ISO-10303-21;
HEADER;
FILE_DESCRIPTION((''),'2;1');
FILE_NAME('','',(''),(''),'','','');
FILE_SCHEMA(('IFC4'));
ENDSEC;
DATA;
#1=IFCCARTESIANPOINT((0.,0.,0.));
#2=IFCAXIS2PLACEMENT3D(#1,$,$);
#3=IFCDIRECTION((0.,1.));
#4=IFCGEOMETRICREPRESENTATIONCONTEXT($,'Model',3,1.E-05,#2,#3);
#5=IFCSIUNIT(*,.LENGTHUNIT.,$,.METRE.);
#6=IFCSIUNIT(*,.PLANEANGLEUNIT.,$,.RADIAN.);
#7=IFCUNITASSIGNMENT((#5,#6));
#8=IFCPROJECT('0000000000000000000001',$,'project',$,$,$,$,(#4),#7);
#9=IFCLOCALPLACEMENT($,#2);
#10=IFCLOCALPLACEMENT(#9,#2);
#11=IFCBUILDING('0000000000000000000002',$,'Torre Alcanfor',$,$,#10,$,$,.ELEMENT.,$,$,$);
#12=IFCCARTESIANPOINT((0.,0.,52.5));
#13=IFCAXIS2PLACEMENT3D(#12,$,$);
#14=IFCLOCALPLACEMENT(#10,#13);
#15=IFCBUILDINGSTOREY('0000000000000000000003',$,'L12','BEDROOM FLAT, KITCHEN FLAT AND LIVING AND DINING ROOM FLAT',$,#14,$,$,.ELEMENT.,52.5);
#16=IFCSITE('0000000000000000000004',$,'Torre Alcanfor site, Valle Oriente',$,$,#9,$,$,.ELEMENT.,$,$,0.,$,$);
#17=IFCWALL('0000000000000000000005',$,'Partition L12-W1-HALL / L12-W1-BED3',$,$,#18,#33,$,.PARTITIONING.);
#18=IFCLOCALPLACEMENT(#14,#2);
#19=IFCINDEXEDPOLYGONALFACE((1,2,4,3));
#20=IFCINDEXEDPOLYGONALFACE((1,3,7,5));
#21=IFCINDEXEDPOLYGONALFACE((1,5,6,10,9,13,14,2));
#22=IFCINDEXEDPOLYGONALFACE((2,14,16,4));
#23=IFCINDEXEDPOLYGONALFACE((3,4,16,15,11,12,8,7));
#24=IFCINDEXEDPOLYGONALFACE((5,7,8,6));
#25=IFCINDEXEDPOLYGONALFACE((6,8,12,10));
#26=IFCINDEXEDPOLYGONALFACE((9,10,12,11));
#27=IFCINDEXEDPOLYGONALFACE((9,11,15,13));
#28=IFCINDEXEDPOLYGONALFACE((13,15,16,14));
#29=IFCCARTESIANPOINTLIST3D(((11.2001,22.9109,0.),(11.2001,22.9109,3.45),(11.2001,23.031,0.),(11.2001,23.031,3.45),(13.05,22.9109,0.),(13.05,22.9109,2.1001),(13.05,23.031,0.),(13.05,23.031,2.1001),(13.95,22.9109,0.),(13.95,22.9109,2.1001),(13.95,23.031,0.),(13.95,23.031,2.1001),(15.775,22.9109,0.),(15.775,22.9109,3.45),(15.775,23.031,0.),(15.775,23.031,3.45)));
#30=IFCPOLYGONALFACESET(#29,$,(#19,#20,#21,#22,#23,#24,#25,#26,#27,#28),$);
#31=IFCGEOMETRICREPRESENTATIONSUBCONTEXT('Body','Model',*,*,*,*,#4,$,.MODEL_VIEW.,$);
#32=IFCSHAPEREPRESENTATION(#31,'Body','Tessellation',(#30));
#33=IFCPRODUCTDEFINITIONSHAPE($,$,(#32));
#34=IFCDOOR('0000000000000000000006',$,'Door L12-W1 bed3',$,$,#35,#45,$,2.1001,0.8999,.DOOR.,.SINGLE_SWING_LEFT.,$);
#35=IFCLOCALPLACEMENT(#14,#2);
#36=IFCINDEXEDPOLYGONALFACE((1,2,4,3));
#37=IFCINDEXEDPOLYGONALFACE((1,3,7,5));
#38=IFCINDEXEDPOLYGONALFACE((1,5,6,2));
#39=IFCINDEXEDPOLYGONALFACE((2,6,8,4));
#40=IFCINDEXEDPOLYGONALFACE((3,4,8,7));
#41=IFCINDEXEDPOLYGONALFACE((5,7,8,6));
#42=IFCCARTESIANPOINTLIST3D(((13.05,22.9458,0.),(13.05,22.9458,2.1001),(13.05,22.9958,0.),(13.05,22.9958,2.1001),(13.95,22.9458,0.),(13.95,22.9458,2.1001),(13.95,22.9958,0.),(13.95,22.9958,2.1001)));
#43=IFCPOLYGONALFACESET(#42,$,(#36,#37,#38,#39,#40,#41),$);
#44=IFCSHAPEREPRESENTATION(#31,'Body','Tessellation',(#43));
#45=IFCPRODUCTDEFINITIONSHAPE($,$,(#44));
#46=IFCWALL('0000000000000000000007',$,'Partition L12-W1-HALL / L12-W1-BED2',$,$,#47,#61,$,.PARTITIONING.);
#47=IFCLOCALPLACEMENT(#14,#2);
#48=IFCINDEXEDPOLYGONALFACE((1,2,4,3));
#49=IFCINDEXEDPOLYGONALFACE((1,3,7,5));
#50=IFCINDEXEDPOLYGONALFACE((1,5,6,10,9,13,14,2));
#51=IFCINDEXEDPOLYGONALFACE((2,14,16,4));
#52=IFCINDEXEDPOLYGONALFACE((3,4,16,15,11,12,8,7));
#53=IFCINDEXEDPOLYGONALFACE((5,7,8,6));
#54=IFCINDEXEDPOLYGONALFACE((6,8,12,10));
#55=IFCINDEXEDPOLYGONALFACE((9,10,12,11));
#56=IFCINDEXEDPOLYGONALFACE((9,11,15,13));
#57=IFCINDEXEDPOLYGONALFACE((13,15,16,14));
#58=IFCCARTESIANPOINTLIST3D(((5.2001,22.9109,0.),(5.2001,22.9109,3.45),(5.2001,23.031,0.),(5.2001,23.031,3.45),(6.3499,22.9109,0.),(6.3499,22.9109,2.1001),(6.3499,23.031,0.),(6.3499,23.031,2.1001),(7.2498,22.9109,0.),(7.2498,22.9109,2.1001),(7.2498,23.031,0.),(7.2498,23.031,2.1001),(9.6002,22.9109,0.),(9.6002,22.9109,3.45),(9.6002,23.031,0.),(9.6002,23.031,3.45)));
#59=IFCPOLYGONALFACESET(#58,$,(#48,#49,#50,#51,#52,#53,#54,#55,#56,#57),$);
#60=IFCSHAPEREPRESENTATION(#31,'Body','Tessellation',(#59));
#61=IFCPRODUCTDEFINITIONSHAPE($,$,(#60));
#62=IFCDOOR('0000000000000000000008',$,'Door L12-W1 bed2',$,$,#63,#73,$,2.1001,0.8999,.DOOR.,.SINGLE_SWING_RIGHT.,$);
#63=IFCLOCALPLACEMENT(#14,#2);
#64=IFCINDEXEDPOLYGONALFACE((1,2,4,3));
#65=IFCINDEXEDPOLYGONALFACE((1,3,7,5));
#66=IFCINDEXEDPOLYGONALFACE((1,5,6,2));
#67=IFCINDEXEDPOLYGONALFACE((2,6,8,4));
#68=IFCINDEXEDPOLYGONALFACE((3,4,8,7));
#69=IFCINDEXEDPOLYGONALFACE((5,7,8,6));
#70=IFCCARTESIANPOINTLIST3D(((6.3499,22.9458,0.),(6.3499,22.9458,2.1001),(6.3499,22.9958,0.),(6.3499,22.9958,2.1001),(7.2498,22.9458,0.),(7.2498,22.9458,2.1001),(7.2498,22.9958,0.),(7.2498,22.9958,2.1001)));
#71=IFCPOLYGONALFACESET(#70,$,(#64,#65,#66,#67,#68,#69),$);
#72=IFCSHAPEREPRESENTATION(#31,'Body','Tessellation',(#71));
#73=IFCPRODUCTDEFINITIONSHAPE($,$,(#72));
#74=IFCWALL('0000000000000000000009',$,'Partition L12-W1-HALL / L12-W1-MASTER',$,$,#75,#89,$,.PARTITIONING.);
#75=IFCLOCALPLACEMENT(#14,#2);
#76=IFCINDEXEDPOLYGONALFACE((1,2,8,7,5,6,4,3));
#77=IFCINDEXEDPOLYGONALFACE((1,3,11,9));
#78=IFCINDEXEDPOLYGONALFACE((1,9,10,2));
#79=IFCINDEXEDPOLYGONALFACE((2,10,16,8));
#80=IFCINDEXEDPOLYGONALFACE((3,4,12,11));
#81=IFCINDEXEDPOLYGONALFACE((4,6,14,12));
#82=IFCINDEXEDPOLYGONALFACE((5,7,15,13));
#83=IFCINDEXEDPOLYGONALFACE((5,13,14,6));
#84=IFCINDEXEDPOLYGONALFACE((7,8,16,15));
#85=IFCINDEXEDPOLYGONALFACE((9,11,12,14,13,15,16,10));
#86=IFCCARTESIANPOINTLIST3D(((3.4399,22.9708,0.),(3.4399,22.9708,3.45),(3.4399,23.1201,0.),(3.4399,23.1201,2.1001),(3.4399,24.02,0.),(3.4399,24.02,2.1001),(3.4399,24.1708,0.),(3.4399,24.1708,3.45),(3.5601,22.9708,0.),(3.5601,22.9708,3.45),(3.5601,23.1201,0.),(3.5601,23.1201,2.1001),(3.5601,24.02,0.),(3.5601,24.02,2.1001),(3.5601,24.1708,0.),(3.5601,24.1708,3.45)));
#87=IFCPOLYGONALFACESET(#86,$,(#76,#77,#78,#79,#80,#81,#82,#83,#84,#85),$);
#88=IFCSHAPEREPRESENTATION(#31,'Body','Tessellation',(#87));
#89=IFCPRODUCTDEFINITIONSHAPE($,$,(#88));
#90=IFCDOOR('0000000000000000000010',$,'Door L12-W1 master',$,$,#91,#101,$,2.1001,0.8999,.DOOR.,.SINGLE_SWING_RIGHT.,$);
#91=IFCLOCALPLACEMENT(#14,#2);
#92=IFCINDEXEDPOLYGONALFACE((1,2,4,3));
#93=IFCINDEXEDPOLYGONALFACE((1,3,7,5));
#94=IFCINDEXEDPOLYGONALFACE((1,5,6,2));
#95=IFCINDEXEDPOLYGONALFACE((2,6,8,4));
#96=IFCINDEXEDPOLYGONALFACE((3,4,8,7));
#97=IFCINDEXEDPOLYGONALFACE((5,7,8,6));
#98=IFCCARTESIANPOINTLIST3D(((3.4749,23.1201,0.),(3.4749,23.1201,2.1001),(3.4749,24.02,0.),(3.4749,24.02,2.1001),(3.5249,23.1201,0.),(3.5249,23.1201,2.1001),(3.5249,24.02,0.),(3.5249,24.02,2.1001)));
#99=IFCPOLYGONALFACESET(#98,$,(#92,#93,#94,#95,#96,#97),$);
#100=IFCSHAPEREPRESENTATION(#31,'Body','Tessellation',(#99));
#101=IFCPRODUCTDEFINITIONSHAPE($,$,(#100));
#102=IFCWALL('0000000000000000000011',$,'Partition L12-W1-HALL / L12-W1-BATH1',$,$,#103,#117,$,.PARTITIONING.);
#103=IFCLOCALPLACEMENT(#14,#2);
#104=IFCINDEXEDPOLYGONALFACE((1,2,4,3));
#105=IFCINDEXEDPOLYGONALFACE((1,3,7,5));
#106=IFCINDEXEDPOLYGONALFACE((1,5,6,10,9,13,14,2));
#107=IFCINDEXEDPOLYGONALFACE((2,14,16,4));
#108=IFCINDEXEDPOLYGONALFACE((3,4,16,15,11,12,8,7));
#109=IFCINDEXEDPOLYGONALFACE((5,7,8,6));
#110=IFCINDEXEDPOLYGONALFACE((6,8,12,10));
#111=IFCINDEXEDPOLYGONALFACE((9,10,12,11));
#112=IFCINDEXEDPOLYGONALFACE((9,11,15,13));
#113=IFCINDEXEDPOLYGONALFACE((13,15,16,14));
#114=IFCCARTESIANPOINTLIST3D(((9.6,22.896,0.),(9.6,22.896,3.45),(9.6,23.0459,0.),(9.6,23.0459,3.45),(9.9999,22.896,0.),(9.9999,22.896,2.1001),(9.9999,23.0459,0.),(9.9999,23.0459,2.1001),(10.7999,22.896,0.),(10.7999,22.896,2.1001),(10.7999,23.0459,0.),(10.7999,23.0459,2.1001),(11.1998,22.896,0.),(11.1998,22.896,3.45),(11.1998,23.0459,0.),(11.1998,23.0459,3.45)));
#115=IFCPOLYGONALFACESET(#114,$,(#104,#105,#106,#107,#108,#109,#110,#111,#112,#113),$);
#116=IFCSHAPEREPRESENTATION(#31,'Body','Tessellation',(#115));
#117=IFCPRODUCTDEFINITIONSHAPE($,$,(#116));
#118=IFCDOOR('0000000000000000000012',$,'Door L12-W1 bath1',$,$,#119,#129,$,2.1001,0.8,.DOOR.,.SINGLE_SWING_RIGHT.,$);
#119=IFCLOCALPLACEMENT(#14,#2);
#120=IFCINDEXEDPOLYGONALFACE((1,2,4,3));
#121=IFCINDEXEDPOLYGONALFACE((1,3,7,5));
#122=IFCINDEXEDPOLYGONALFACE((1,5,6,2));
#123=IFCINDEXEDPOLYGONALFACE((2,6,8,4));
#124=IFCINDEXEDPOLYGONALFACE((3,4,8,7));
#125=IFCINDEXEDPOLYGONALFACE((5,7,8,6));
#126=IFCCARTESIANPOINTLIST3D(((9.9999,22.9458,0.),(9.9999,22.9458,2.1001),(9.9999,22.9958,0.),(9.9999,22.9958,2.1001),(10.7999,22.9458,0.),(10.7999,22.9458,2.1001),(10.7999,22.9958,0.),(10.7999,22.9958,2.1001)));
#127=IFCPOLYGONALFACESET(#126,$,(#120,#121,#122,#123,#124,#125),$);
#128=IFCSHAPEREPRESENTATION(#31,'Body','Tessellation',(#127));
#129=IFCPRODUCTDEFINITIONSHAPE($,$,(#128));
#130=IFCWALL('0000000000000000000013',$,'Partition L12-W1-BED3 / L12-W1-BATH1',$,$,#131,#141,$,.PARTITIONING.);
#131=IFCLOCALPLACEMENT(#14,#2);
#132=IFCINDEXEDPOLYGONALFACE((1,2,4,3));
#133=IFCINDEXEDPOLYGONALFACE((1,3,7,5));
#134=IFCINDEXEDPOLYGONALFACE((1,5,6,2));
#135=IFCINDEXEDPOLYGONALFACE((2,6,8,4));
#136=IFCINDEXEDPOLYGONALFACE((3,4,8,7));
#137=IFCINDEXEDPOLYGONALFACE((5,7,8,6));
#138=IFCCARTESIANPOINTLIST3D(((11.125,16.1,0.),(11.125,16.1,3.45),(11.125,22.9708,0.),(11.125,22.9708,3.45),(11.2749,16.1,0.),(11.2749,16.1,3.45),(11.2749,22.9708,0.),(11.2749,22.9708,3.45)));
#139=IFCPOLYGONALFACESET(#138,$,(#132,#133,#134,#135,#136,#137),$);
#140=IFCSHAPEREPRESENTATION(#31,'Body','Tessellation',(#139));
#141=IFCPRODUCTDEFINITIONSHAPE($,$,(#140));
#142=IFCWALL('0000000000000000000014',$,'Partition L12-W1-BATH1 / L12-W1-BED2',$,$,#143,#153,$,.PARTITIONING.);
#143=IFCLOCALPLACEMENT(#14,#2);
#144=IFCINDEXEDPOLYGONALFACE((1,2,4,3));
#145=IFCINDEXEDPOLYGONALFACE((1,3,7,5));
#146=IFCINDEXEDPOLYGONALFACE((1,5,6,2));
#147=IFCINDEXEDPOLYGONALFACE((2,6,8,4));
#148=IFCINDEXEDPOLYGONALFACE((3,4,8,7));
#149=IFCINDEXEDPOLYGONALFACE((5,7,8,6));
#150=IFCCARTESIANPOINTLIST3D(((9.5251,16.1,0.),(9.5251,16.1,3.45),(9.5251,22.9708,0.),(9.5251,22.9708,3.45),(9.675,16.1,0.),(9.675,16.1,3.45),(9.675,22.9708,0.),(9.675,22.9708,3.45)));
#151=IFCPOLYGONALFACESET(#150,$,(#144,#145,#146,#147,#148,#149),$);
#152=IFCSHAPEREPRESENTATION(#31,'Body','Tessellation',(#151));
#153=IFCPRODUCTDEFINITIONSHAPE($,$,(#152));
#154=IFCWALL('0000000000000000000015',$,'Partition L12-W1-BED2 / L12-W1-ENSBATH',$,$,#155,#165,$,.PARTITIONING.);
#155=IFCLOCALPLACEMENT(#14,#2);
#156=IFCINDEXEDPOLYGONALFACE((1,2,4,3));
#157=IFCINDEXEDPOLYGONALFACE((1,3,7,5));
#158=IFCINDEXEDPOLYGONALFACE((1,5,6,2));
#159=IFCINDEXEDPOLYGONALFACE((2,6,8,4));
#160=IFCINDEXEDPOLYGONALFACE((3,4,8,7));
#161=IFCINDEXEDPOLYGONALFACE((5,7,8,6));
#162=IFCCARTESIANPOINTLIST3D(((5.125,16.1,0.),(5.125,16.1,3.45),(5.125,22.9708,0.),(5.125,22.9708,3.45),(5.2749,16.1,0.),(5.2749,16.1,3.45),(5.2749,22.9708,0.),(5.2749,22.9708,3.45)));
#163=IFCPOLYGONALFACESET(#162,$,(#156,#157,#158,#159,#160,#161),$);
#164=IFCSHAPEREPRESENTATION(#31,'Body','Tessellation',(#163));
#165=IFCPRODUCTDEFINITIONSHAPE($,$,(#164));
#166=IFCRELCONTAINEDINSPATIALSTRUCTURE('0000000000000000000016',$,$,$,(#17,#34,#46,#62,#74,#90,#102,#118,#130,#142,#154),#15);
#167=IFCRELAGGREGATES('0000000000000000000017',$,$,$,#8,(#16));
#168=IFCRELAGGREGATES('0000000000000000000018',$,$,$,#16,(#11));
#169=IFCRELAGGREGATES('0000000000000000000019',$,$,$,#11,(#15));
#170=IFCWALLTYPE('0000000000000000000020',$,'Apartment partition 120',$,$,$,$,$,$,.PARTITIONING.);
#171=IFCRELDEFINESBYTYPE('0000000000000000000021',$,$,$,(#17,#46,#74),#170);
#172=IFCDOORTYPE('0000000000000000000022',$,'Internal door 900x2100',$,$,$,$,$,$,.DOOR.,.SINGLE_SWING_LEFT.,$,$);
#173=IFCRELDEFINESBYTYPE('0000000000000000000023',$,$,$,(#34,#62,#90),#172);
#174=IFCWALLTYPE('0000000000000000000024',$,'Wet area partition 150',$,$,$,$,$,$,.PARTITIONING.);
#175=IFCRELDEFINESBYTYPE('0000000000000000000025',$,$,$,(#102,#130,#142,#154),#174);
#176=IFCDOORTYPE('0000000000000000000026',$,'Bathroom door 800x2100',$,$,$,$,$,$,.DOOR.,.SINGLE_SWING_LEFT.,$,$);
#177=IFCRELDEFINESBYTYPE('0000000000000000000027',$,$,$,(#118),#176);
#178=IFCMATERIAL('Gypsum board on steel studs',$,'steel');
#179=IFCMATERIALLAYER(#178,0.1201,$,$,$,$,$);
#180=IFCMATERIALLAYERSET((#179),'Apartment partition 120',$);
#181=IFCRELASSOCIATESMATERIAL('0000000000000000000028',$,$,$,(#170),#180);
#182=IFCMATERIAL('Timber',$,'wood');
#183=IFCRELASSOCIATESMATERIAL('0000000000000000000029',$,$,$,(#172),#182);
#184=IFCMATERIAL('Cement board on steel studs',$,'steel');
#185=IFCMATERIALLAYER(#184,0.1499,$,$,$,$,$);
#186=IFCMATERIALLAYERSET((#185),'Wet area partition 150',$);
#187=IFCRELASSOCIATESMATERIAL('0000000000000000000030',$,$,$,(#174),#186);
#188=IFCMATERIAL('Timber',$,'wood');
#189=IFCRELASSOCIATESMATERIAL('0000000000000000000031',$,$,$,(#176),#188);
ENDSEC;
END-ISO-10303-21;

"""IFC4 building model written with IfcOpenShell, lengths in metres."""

from ifc_helpers import new_model, si_unit, direction, frame, frame_2d, origin, place, context, subcontext, project, spatial, rectangle, extrude, material, layer, layer_set, type_object, element, fill, save


model = new_model("IFC4")

# Units and contexts
model_context = context("Model", 3, precision=1e-05, world=origin(), true_north=direction((0.0, 1.0)))
body_context = subcontext(model_context, "Body", "Model", "MODEL_VIEW")
ifc_project = project(units=[si_unit("LENGTHUNIT", "METRE"), si_unit("PLANEANGLEUNIT", "RADIAN")], contexts=[model_context])

# Site, building, storey
site_placement = place(None, origin())
site = spatial("IfcSite", under=ifc_project, at=site_placement, Name="Torre Alcanfor site, Valle Oriente", CompositionType="ELEMENT", RefElevation=0.0)
building_placement = place(site_placement, origin())
building = spatial("IfcBuilding", under=site, at=building_placement, Name="Torre Alcanfor", CompositionType="ELEMENT")
storey_placement = place(building_placement, frame((0.0, 0.0, 52.5)))
storey = spatial("IfcBuildingStorey", under=building, at=storey_placement, Name="L12", Description="BEDROOM FLAT, KITCHEN FLAT AND LIVING AND DINING ROOM FLAT", CompositionType="ELEMENT", Elevation=52.5)

# Shared definitions
ifc_material_1 = material(Name="Gypsum board on steel studs", Category="steel")
ifc_layer_1 = layer(ifc_material_1, 0.1201)
ifc_layer_set_1 = layer_set([ifc_layer_1], Name="Apartment partition 120")
wall_type_1 = type_object("IfcWallType", Name="Apartment partition 120", PredefinedType="PARTITIONING", material=ifc_layer_set_1)

# Walls, openings, doors
wall_1_placement = place(storey_placement, frame((11.2, 22.9709, 0.0), z_axis=(0.0, 0.0, 1.0), x_axis=(1.0, 0.0, 0.0)))
wall_1 = element("IfcWall", 1, at=wall_1_placement, inside=storey, type_object=wall_type_1, Name="Partition L12-W1-HALL / L12-W1-BED3", PredefinedType="PARTITIONING", context=body_context, shape_type="SweptSolid", body=[
    extrude(rectangle(XDim=4.575, YDim=0.1201, at=frame_2d((2.2876, 0.0))), origin(), (0.0, 0.0, 1.0), 3.45),
])
opening_1_placement = place(wall_1_placement, frame((1.8501, 0.0, 0.0)))
opening_1 = element("IfcOpeningElement", 2, at=opening_1_placement, cuts=wall_1, PredefinedType="OPENING", context=body_context, shape_type="SweptSolid", body=[
    extrude(rectangle(XDim=0.8999, YDim=2.1001, at=frame_2d((0.45, 1.05))), frame((0.0, 0.0701, 0.0), z_axis=(0.0, -1.0, 0.0), x_axis=(1.0, 0.0, 0.0)), (0.0, 0.0, 1.0), 0.1401),
])
ifc_material_2 = material(Name="Timber", Category="wood")
door_type_1 = type_object("IfcDoorType", Name="Internal door 900x2100", OperationType="SINGLE_SWING_LEFT", PredefinedType="DOOR", material=ifc_material_2)
door_1_placement = place(opening_1_placement, frame((0.8999, 0.0, 0.0), z_axis=(0.0, 0.0, 1.0), x_axis=(-1.0, 0.0, 0.0)))
door_1 = element("IfcDoor", 3, at=door_1_placement, inside=storey, type_object=door_type_1, Name="Door L12-W1 bed3", OperationType="SINGLE_SWING_LEFT", OverallHeight=2.1001, OverallWidth=0.8999, PredefinedType="DOOR", context=body_context, shape_type="SweptSolid", body=[
    extrude(rectangle(XDim=0.8999, YDim=2.1001, at=frame_2d((0.45, 1.05))), frame((0.0, 0.0251, 0.0), z_axis=(0.0, -1.0, 0.0), x_axis=(1.0, 0.0, 0.0)), (0.0, 0.0, 1.0), 0.05),
])
fill(opening_1, door_1)
wall_2_placement = place(storey_placement, frame((5.2, 22.9709, 0.0), z_axis=(0.0, 0.0, 1.0), x_axis=(1.0, 0.0, 0.0)))
wall_2 = element("IfcWall", 4, at=wall_2_placement, inside=storey, type_object=wall_type_1, Name="Partition L12-W1-HALL / L12-W1-BED2", PredefinedType="PARTITIONING", context=body_context, shape_type="SweptSolid", body=[
    extrude(rectangle(XDim=4.4001, YDim=0.1201, at=frame_2d((2.2002, 0.0))), origin(), (0.0, 0.0, 1.0), 3.45),
])
opening_2_placement = place(wall_2_placement, frame((1.1499, 0.0, 0.0)))
opening_2 = element("IfcOpeningElement", 5, at=opening_2_placement, cuts=wall_2, PredefinedType="OPENING", context=body_context, shape_type="SweptSolid", body=[
    extrude(rectangle(XDim=0.8999, YDim=2.1001, at=frame_2d((0.45, 1.05))), frame((0.0, 0.0701, 0.0), z_axis=(0.0, -1.0, 0.0), x_axis=(1.0, 0.0, 0.0)), (0.0, 0.0, 1.0), 0.1401),
])
door_2_placement = place(opening_2_placement, frame((0.8999, 0.0, 0.0), z_axis=(0.0, 0.0, 1.0), x_axis=(-1.0, 0.0, 0.0)))
door_2 = element("IfcDoor", 6, at=door_2_placement, inside=storey, type_object=door_type_1, Name="Door L12-W1 bed2", OperationType="SINGLE_SWING_RIGHT", OverallHeight=2.1001, OverallWidth=0.8999, PredefinedType="DOOR", context=body_context, shape_type="SweptSolid", body=[
    extrude(rectangle(XDim=0.8999, YDim=2.1001, at=frame_2d((0.45, 1.05))), frame((0.0, 0.0251, 0.0), z_axis=(0.0, -1.0, 0.0), x_axis=(1.0, 0.0, 0.0)), (0.0, 0.0, 1.0), 0.05),
])
fill(opening_2, door_2)
wall_3_placement = place(storey_placement, frame((3.5, 24.1709, 0.0), z_axis=(0.0, 0.0, 1.0), x_axis=(0.0, -1.0, 0.0)))
wall_3 = element("IfcWall", 7, at=wall_3_placement, inside=storey, type_object=wall_type_1, Name="Partition L12-W1-HALL / L12-W1-MASTER", PredefinedType="PARTITIONING", context=body_context, shape_type="SweptSolid", body=[
    extrude(rectangle(XDim=1.2, YDim=0.1201, at=frame_2d((0.6001, 0.0))), origin(), (0.0, 0.0, 1.0), 3.45),
])
opening_3_placement = place(wall_3_placement, frame((0.1509, 0.0, 0.0)))
opening_3 = element("IfcOpeningElement", 8, at=opening_3_placement, cuts=wall_3, PredefinedType="OPENING", context=body_context, shape_type="SweptSolid", body=[
    extrude(rectangle(XDim=0.8999, YDim=2.1001, at=frame_2d((0.45, 1.05))), frame((0.0, 0.0701, 0.0), z_axis=(0.0, -1.0, 0.0), x_axis=(1.0, 0.0, 0.0)), (0.0, 0.0, 1.0), 0.1401),
])
door_3_placement = place(opening_3_placement, frame((0.8999, 0.0, 0.0), z_axis=(0.0, 0.0, 1.0), x_axis=(-1.0, 0.0, 0.0)))
door_3 = element("IfcDoor", 9, at=door_3_placement, inside=storey, type_object=door_type_1, Name="Door L12-W1 master", OperationType="SINGLE_SWING_RIGHT", OverallHeight=2.1001, OverallWidth=0.8999, PredefinedType="DOOR", context=body_context, shape_type="SweptSolid", body=[
    extrude(rectangle(XDim=0.8999, YDim=2.1001, at=frame_2d((0.45, 1.05))), frame((0.0, 0.0251, 0.0), z_axis=(0.0, -1.0, 0.0), x_axis=(1.0, 0.0, 0.0)), (0.0, 0.0, 1.0), 0.05),
])
fill(opening_3, door_3)
ifc_material_3 = material(Name="Cement board on steel studs", Category="steel")
ifc_layer_2 = layer(ifc_material_3, 0.1499)
ifc_layer_set_2 = layer_set([ifc_layer_2], Name="Wet area partition 150")
wall_type_2 = type_object("IfcWallType", Name="Wet area partition 150", PredefinedType="PARTITIONING", material=ifc_layer_set_2)
wall_4_placement = place(storey_placement, frame((9.6001, 22.9709, 0.0), z_axis=(0.0, 0.0, 1.0), x_axis=(1.0, 0.0, 0.0)))
wall_4 = element("IfcWall", 10, at=wall_4_placement, inside=storey, type_object=wall_type_2, Name="Partition L12-W1-HALL / L12-W1-BATH1", PredefinedType="PARTITIONING", context=body_context, shape_type="SweptSolid", body=[
    extrude(rectangle(XDim=1.5999, YDim=0.1499, at=frame_2d((0.7998, 0.0))), origin(), (0.0, 0.0, 1.0), 3.45),
])
opening_4_placement = place(wall_4_placement, frame((0.3999, 0.0, 0.0)))
opening_4 = element("IfcOpeningElement", 11, at=opening_4_placement, cuts=wall_4, PredefinedType="OPENING", context=body_context, shape_type="SweptSolid", body=[
    extrude(rectangle(XDim=0.8, YDim=2.1001, at=frame_2d((0.3999, 1.05))), frame((0.0, 0.085, 0.0), z_axis=(0.0, -1.0, 0.0), x_axis=(1.0, 0.0, 0.0)), (0.0, 0.0, 1.0), 0.1699),
])
ifc_material_4 = material(Name="Timber", Category="wood")
door_type_2 = type_object("IfcDoorType", Name="Bathroom door 800x2100", OperationType="SINGLE_SWING_LEFT", PredefinedType="DOOR", material=ifc_material_4)
door_4_placement = place(opening_4_placement, frame((0.8, 0.0, 0.0), z_axis=(0.0, 0.0, 1.0), x_axis=(-1.0, 0.0, 0.0)))
door_4 = element("IfcDoor", 12, at=door_4_placement, inside=storey, type_object=door_type_2, Name="Door L12-W1 bath1", OperationType="SINGLE_SWING_RIGHT", OverallHeight=2.1001, OverallWidth=0.8, PredefinedType="DOOR", context=body_context, shape_type="SweptSolid", body=[
    extrude(rectangle(XDim=0.8, YDim=2.1001, at=frame_2d((0.4001, 1.05))), frame((0.0, 0.0251, 0.0), z_axis=(0.0, -1.0, 0.0), x_axis=(1.0, 0.0, 0.0)), (0.0, 0.0, 1.0), 0.05),
])
fill(opening_4, door_4)

# Walls
for number, where, z_axis, x_axis, name in (
    (13, (11.2, 22.9709, 0.0), (0.0, 0.0, 1.0), (0.0, -1.0, 0.0), "Partition L12-W1-BED3 / L12-W1-BATH1"),
    (14, (9.6001, 22.9709, 0.0), (0.0, 0.0, 1.0), (0.0, -1.0, 0.0), "Partition L12-W1-BATH1 / L12-W1-BED2"),
    (15, (5.2, 22.9709, 0.0), (0.0, 0.0, 1.0), (0.0, -1.0, 0.0), "Partition L12-W1-BED2 / L12-W1-ENSBATH"),
):
    element("IfcWall", number, at=place(storey_placement, frame(where, z_axis=z_axis, x_axis=x_axis)), inside=storey, type_object=wall_type_2, Name=name, PredefinedType="PARTITIONING", context=body_context, shape_type="SweptSolid", body=[
        extrude(rectangle(XDim=6.8708, YDim=0.1499, at=frame_2d((3.4355, 0.0))), origin(), (0.0, 0.0, 1.0), 3.45),
    ])

save(model, "model.ifc")
